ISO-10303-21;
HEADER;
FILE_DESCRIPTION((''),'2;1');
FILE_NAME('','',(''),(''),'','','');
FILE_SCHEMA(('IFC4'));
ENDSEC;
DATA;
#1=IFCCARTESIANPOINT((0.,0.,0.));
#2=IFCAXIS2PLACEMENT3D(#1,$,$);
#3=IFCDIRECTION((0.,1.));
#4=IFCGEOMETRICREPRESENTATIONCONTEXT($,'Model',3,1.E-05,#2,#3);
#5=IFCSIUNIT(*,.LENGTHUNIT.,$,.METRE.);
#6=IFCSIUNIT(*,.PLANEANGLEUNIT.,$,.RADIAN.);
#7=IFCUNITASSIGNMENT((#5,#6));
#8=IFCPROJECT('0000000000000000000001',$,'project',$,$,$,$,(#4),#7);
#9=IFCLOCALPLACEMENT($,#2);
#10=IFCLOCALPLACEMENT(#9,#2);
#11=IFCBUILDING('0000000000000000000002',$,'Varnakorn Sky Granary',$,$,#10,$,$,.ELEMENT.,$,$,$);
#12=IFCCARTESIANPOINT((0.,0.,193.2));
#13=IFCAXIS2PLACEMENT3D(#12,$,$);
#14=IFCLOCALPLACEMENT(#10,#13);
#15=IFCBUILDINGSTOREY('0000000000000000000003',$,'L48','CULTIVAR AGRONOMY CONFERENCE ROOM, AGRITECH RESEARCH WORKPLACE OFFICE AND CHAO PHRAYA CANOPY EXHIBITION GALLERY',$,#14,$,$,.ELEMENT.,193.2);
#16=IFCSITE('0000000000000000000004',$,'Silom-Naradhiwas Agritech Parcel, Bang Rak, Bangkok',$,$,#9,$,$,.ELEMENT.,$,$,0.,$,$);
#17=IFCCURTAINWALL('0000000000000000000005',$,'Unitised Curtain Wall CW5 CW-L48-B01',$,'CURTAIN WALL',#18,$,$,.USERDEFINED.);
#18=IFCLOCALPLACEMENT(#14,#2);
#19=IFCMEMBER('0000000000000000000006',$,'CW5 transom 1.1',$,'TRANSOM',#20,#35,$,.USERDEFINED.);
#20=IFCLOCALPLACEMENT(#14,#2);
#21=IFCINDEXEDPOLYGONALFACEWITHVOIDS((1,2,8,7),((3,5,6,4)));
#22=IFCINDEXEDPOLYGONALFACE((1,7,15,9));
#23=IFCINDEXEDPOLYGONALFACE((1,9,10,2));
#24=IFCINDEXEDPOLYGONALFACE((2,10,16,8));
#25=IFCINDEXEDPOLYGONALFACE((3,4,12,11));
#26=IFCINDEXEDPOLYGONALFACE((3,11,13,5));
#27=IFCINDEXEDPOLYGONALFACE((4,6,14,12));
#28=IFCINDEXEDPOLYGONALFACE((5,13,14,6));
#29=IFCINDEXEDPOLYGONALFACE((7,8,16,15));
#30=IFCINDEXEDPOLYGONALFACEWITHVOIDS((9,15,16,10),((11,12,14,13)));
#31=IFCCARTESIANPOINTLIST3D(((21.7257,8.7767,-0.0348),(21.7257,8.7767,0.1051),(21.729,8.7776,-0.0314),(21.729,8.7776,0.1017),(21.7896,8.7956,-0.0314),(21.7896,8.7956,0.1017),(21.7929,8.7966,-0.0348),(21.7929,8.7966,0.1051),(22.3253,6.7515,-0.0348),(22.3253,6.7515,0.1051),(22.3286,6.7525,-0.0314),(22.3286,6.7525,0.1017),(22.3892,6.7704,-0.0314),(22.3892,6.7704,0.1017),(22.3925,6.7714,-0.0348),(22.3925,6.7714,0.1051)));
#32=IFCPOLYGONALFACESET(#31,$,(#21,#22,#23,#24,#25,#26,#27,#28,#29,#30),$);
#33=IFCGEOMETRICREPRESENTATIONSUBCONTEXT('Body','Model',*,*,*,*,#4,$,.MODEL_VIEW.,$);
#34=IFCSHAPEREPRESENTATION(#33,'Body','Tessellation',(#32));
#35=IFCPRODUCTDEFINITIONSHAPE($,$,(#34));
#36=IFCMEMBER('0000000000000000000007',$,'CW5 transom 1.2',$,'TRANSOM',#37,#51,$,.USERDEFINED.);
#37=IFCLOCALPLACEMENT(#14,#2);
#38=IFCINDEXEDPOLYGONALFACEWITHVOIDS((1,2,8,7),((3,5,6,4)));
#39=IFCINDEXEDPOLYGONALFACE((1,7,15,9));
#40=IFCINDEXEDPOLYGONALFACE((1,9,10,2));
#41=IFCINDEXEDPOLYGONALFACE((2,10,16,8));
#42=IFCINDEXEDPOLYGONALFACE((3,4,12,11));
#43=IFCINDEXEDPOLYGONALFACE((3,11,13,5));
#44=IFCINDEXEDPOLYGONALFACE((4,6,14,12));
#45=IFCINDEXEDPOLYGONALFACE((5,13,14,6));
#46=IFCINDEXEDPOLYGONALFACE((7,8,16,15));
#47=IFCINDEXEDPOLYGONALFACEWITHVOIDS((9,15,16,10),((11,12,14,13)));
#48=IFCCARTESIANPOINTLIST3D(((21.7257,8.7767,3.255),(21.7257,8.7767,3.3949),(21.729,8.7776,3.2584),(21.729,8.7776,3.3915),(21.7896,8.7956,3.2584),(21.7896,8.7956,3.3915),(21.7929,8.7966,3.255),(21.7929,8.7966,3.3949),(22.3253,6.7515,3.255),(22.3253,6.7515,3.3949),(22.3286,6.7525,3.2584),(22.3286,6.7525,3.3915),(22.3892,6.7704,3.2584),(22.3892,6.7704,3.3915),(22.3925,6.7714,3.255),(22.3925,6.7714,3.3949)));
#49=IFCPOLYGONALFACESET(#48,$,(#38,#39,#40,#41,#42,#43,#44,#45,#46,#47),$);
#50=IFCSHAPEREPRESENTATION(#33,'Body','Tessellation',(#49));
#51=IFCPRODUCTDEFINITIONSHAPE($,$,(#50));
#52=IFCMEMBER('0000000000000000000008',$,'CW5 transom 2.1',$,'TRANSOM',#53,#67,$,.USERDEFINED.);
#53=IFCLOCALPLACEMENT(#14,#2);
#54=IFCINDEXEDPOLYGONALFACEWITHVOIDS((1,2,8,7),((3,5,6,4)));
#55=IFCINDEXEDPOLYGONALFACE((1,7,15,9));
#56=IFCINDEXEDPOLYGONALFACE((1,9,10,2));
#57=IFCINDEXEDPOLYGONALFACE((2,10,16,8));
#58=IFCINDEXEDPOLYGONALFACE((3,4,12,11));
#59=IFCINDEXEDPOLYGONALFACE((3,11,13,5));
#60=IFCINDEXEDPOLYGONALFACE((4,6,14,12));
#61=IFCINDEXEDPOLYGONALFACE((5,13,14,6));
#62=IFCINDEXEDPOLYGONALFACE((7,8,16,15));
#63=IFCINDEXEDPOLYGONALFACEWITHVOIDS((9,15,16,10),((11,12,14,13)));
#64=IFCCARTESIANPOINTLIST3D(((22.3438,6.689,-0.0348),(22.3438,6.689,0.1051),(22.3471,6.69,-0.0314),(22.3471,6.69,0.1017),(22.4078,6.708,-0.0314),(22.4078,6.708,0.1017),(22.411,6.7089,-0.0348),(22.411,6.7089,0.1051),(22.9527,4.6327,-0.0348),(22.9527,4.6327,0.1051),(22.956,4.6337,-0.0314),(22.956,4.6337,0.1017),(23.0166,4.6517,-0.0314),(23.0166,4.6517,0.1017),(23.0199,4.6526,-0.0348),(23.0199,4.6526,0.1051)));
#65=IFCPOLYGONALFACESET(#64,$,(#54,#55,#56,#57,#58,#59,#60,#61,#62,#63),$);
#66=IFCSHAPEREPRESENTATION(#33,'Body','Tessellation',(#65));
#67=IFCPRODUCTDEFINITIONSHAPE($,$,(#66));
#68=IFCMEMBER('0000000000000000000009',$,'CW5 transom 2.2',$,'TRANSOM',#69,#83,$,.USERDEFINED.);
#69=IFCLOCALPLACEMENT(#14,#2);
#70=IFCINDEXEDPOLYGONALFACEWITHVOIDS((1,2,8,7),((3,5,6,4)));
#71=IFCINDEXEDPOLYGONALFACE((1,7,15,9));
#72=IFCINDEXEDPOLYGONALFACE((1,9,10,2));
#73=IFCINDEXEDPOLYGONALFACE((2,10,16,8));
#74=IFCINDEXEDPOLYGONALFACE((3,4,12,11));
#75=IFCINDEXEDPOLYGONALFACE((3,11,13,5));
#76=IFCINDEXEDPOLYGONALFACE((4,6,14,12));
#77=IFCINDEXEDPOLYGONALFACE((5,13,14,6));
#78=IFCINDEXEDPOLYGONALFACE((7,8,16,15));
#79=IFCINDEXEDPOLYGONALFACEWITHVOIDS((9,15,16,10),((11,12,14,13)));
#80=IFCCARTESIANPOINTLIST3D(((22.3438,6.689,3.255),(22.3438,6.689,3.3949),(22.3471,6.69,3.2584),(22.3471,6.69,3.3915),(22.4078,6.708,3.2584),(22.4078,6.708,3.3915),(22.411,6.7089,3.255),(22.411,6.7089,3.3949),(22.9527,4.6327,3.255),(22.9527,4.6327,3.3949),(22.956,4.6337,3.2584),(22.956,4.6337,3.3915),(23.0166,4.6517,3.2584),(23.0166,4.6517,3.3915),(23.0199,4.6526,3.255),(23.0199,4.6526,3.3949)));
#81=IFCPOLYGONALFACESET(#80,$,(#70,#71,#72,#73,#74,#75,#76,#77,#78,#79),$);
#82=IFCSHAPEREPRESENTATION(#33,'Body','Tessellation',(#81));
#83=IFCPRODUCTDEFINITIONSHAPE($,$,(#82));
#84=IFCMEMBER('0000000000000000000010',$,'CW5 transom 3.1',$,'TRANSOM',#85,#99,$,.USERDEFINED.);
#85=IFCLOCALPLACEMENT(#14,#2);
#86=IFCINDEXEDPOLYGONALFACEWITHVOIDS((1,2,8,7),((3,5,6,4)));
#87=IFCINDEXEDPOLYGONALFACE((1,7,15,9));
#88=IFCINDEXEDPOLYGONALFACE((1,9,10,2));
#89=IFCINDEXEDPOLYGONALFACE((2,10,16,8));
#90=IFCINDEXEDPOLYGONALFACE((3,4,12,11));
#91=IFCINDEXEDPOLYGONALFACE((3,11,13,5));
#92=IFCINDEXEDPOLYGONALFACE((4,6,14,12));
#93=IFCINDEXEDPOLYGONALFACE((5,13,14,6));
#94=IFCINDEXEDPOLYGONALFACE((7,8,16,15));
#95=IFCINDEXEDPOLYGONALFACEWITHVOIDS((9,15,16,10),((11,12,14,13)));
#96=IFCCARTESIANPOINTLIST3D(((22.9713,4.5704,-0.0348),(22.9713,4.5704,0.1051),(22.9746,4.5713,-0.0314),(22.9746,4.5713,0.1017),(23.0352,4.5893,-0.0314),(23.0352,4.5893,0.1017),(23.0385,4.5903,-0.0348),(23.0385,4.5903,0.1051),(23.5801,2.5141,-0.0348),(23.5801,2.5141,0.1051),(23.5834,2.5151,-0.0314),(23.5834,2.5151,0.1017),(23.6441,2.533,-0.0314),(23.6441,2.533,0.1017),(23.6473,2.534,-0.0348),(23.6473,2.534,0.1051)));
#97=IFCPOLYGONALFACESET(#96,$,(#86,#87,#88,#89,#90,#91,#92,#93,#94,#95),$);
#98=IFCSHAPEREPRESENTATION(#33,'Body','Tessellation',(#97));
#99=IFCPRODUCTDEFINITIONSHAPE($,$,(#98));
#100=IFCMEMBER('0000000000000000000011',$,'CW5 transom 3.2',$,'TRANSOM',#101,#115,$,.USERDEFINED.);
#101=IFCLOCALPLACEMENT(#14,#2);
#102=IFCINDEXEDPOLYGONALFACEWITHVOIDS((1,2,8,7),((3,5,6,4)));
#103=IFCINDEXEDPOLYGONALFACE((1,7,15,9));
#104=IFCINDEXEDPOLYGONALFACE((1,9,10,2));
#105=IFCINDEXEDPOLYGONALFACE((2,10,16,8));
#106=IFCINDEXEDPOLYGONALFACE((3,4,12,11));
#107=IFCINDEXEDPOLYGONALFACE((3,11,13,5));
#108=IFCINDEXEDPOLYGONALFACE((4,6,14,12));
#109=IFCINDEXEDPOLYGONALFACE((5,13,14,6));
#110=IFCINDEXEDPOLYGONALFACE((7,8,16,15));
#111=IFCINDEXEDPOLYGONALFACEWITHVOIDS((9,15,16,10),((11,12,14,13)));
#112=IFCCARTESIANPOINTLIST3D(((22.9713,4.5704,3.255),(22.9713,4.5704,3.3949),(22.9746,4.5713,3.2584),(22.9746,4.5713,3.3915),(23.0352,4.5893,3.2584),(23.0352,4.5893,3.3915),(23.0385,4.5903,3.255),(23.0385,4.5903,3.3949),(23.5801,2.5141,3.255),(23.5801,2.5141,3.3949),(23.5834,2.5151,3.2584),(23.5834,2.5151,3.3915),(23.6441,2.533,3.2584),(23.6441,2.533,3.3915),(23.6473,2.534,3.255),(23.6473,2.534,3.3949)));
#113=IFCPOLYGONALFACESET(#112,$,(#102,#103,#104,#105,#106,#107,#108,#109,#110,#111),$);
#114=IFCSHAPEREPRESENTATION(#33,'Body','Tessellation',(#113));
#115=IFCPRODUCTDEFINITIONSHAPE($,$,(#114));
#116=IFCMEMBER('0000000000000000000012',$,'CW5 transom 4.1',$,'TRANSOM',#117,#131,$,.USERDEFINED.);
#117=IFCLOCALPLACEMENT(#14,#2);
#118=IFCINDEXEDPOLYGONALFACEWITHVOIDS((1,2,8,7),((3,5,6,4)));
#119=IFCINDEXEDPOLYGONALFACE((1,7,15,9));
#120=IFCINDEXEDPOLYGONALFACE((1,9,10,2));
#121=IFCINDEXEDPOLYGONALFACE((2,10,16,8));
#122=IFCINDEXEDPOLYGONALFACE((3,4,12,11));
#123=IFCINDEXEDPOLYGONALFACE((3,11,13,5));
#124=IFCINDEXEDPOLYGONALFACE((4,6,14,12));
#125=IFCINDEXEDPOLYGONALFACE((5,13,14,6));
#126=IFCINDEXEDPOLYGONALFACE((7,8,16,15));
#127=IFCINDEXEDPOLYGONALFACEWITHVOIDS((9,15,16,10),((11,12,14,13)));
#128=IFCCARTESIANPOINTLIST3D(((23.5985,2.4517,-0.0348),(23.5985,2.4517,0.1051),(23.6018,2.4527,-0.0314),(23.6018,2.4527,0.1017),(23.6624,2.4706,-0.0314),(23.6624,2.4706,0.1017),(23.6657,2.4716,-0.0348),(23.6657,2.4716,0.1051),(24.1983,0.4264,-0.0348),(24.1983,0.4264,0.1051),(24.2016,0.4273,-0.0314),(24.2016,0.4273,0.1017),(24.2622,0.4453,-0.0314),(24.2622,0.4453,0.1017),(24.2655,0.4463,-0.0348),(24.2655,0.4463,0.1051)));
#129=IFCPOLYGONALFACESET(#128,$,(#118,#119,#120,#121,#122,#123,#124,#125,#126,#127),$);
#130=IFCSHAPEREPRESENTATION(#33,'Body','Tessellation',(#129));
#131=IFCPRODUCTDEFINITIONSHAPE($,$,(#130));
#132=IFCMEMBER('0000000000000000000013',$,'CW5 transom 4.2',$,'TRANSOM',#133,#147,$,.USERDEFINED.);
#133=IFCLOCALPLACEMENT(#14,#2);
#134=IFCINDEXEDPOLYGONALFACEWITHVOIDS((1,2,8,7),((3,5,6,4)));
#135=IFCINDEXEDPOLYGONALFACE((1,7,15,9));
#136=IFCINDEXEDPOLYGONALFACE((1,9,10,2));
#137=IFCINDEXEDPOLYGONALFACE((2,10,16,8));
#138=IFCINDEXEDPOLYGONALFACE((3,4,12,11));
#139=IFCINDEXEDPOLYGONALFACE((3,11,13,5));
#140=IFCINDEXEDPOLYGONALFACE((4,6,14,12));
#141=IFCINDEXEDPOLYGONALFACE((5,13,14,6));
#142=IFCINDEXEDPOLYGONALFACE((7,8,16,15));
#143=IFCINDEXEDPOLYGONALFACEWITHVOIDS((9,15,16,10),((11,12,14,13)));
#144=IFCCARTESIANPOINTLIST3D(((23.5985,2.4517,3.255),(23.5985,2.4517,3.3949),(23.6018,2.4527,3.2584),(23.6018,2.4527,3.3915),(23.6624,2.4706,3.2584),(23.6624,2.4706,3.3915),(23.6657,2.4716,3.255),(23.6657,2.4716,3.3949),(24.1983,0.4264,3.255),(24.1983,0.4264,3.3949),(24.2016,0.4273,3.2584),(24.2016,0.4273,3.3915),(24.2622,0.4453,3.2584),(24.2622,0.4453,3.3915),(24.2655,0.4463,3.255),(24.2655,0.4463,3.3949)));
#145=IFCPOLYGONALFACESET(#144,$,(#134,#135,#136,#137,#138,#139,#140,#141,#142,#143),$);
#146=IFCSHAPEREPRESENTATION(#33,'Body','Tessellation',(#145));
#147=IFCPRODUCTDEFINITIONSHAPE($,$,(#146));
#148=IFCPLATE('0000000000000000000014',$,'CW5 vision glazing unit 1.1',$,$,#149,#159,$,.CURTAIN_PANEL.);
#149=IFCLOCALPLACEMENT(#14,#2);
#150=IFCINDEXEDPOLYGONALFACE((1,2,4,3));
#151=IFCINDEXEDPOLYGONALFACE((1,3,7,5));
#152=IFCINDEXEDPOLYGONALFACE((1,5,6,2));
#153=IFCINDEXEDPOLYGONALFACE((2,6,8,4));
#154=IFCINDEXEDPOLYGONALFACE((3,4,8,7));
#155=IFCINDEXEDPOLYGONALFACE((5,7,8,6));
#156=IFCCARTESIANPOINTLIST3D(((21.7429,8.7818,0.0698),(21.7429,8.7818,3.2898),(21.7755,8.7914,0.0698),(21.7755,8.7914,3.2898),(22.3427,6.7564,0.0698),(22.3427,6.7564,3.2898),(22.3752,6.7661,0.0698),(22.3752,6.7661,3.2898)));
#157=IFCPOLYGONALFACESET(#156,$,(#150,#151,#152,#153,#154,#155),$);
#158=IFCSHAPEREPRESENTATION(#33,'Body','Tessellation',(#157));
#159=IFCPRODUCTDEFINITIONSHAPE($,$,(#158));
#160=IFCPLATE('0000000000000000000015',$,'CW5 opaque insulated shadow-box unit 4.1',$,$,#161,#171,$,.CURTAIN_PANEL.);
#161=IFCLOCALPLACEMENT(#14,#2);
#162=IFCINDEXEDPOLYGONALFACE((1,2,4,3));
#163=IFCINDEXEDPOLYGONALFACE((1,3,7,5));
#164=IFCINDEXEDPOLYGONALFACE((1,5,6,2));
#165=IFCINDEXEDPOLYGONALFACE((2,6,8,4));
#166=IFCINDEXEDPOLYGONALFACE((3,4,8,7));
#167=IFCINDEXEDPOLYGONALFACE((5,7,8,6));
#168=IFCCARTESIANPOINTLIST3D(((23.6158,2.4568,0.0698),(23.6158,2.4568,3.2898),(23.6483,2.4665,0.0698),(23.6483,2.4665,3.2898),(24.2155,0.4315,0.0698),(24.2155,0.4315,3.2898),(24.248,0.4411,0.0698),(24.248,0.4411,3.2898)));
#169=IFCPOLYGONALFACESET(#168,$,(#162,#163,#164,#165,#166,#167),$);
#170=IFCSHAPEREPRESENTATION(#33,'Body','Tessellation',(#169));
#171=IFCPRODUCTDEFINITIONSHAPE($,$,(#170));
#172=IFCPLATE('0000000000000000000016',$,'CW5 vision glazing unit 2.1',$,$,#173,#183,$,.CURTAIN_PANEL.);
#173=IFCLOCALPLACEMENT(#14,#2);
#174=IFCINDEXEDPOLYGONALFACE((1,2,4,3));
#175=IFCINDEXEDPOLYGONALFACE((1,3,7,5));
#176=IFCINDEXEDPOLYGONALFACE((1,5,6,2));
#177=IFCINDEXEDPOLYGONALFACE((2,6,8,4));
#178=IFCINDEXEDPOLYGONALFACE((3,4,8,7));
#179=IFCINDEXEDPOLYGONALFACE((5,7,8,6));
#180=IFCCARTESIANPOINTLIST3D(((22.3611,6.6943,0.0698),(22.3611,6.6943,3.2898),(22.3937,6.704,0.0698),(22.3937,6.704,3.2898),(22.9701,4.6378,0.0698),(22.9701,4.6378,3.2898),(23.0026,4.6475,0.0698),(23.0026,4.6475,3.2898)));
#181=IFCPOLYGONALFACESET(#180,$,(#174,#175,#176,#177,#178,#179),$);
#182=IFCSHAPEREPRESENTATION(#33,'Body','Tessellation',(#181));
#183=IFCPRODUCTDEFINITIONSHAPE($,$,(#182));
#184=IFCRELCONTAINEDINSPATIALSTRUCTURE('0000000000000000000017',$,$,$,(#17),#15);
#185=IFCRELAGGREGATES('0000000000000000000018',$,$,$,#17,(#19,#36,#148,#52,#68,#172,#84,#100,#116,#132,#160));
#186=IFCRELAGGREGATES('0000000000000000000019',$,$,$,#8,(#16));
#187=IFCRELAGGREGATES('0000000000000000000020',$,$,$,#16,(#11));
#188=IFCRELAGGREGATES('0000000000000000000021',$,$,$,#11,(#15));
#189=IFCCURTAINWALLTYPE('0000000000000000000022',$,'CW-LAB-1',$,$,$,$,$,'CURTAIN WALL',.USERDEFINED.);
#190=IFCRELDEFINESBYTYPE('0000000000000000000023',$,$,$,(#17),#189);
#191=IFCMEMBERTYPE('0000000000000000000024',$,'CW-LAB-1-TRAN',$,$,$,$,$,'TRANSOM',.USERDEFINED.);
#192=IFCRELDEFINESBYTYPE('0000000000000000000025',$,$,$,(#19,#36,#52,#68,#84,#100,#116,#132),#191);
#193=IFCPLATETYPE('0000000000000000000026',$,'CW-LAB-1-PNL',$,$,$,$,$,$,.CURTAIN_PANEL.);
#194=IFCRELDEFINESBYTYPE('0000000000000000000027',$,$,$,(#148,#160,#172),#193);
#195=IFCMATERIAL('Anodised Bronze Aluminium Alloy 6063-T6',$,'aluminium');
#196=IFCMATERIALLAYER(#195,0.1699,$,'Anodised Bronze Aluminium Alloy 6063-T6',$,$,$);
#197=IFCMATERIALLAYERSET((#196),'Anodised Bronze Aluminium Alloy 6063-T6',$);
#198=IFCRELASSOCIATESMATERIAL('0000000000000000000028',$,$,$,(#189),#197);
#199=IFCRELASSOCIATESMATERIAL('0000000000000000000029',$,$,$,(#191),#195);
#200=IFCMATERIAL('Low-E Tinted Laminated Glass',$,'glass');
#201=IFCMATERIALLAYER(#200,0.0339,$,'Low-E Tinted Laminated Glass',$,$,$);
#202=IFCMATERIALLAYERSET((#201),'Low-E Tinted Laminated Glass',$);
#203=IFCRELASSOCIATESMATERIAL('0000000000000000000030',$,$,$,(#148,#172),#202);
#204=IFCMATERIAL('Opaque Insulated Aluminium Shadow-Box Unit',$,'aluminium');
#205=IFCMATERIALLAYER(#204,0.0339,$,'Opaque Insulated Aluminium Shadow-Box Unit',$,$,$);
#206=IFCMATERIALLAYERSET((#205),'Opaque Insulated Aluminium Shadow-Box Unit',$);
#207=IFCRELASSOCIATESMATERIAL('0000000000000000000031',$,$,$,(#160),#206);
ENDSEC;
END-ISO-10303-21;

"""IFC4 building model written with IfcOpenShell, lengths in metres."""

from ifc_helpers import new_model, si_unit, direction, frame, origin, origin_2d, place, context, subcontext, project, spatial, rectangle, hollow_rectangle, extrude, source, transform, mapped, material, layer, layer_set, material_profile, profile_set, type_object, element, aggregate, save


model = new_model("IFC4")

# Units and contexts
model_context = context("Model", 3, precision=1e-05, world=origin(), true_north=direction((0.0, 1.0)))
body_context = subcontext(model_context, "Body", "Model", "MODEL_VIEW")
ifc_project = project(units=[si_unit("LENGTHUNIT", "METRE"), si_unit("PLANEANGLEUNIT", "RADIAN")], contexts=[model_context])

# Site, building, storey
site_placement = place(None, origin())
site = spatial("IfcSite", under=ifc_project, at=site_placement, Name="Silom-Naradhiwas Agritech Parcel, Bang Rak, Bangkok", CompositionType="ELEMENT", RefElevation=0.0)
building_placement = place(site_placement, origin())
building = spatial("IfcBuilding", under=site, at=building_placement, Name="Varnakorn Sky Granary", CompositionType="ELEMENT")
storey_placement = place(building_placement, frame((0.0, 0.0, 193.2)))
storey = spatial("IfcBuildingStorey", under=building, at=storey_placement, Name="L48", Description="CULTIVAR AGRONOMY CONFERENCE ROOM, AGRITECH RESEARCH WORKPLACE OFFICE AND CHAO PHRAYA CANOPY EXHIBITION GALLERY", CompositionType="ELEMENT", Elevation=193.2)

# Curtain wall
ifc_material_1 = material(Name="Anodised Bronze Aluminium Alloy 6063-T6", Category="aluminium")
ifc_layer_1 = layer(ifc_material_1, 0.1699, Name="Anodised Bronze Aluminium Alloy 6063-T6")
ifc_layer_set_1 = layer_set([ifc_layer_1], Name="Anodised Bronze Aluminium Alloy 6063-T6")
curtain_wall_type = type_object("IfcCurtainWallType", Name="CW-LAB-1", ElementType="CURTAIN WALL", PredefinedType="USERDEFINED", material=ifc_layer_set_1)
curtain_wall_1_placement = place(storey_placement, origin())
curtain_wall_1 = element("IfcCurtainWall", 1, at=curtain_wall_1_placement, inside=storey, type_object=curtain_wall_type, Name="Unitised Curtain Wall CW5 CW-L48-B01", ObjectType="CURTAIN WALL", PredefinedType="USERDEFINED")

# Members
ifc_material_profile_1 = material_profile(ifc_material_1, hollow_rectangle(XDim=0.0701, YDim=0.1399, WallThickness=0.0034, at=origin_2d()), Name="ALU TRAN 70x140")
ifc_profile_set_1 = profile_set([ifc_material_profile_1], Name="Anodised Bronze Aluminium Alloy 6063-T6")
member_type_1 = type_object("IfcMemberType", Name="CW-LAB-1-TRAN", ElementType="TRANSOM", PredefinedType="USERDEFINED", material=ifc_profile_set_1)
member_1_placement = place(storey_placement, frame((21.7593, 8.7866, 0.0352), z_axis=(0.283899, -0.958854, 0.0), x_axis=(0.958854, 0.283899, 0.0)))
member_1 = element("IfcMember", 2, at=member_1_placement, type_object=member_type_1, Name="CW5 transom 1.1", ObjectType="TRANSOM", PredefinedType="USERDEFINED", context=body_context, shape_type="SweptSolid", body=[
    extrude(hollow_rectangle(XDim=0.0701, YDim=0.1399, WallThickness=0.0034, at=origin_2d()), origin(), (0.0, 0.0, 1.0), 2.1121),
])
member_2_placement = place(storey_placement, frame((21.7593, 8.7866, 3.325), z_axis=(0.283899, -0.958854, 0.0), x_axis=(0.958854, 0.283899, 0.0)))
member_2 = element("IfcMember", 3, at=member_2_placement, type_object=member_type_1, Name="CW5 transom 1.2", ObjectType="TRANSOM", PredefinedType="USERDEFINED", context=body_context, shape_type="SweptSolid", body=[
    extrude(hollow_rectangle(XDim=0.0701, YDim=0.1399, WallThickness=0.0034, at=origin_2d()), origin(), (0.0, 0.0, 1.0), 2.1121),
])
member_3_placement = place(storey_placement, frame((22.3774, 6.699, 0.0352), z_axis=(0.28391, -0.958851, 0.0), x_axis=(0.958851, 0.28391, 0.0)))
member_3 = element("IfcMember", 4, at=member_3_placement, type_object=member_type_1, Name="CW5 transom 2.1", ObjectType="TRANSOM", PredefinedType="USERDEFINED", context=body_context, shape_type="SweptSolid", body=[
    extrude(hollow_rectangle(XDim=0.0701, YDim=0.1399, WallThickness=0.0034, at=origin_2d()), origin(), (0.0, 0.0, 1.0), 2.1445),
])
member_4_placement = place(storey_placement, frame((22.3774, 6.699, 3.325), z_axis=(0.28391, -0.958851, 0.0), x_axis=(0.958851, 0.28391, 0.0)))
member_4 = element("IfcMember", 5, at=member_4_placement, type_object=member_type_1, Name="CW5 transom 2.2", ObjectType="TRANSOM", PredefinedType="USERDEFINED", context=body_context, shape_type="SweptSolid", body=[
    extrude(hollow_rectangle(XDim=0.0701, YDim=0.1399, WallThickness=0.0034, at=origin_2d()), origin(), (0.0, 0.0, 1.0), 2.1445),
])
member_5_placement = place(storey_placement, frame((23.0049, 4.5803, 0.0352), z_axis=(0.28391, -0.958851, 0.0), x_axis=(0.958851, 0.28391, 0.0)))
member_5 = element("IfcMember", 6, at=member_5_placement, type_object=member_type_1, Name="CW5 transom 3.1", ObjectType="TRANSOM", PredefinedType="USERDEFINED", context=body_context, shape_type="SweptSolid", body=[
    extrude(hollow_rectangle(XDim=0.0701, YDim=0.1399, WallThickness=0.0034, at=origin_2d()), origin(), (0.0, 0.0, 1.0), 2.1445),
])
member_6_placement = place(storey_placement, frame((23.0049, 4.5803, 3.325), z_axis=(0.28391, -0.958851, 0.0), x_axis=(0.958851, 0.28391, 0.0)))
member_6 = element("IfcMember", 7, at=member_6_placement, type_object=member_type_1, Name="CW5 transom 3.2", ObjectType="TRANSOM", PredefinedType="USERDEFINED", context=body_context, shape_type="SweptSolid", body=[
    extrude(hollow_rectangle(XDim=0.0701, YDim=0.1399, WallThickness=0.0034, at=origin_2d()), origin(), (0.0, 0.0, 1.0), 2.1445),
])
member_7_placement = place(storey_placement, frame((23.6321, 2.4617, 0.0352), z_axis=(0.283974, -0.958832, 0.0), x_axis=(0.958832, 0.283974, 0.0)))
member_7 = element("IfcMember", 8, at=member_7_placement, type_object=member_type_1, Name="CW5 transom 4.1", ObjectType="TRANSOM", PredefinedType="USERDEFINED", context=body_context, shape_type="SweptSolid", body=[
    extrude(hollow_rectangle(XDim=0.0701, YDim=0.1399, WallThickness=0.0034, at=origin_2d()), origin(), (0.0, 0.0, 1.0), 2.1123),
])
member_8_placement = place(storey_placement, frame((23.6321, 2.4617, 3.325), z_axis=(0.283974, -0.958832, 0.0), x_axis=(0.958832, 0.283974, 0.0)))
member_8 = element("IfcMember", 9, at=member_8_placement, type_object=member_type_1, Name="CW5 transom 4.2", ObjectType="TRANSOM", PredefinedType="USERDEFINED", context=body_context, shape_type="SweptSolid", body=[
    extrude(hollow_rectangle(XDim=0.0701, YDim=0.1399, WallThickness=0.0034, at=origin_2d()), origin(), (0.0, 0.0, 1.0), 2.1123),
])

# Plates
ifc_material_2 = material(Name="Low-E Tinted Laminated Glass", Category="glass")
ifc_layer_2 = layer(ifc_material_2, 0.0339, Name="Low-E Tinted Laminated Glass")
ifc_layer_set_2 = layer_set([ifc_layer_2], Name="Low-E Tinted Laminated Glass")
plate_type = type_object("IfcPlateType", Name="CW-LAB-1-PNL", PredefinedType="CURTAIN_PANEL")
shared_shape_1 = source(origin(), body_context, "Body", "SweptSolid", [
    extrude(rectangle(XDim=2.1123, YDim=0.0339, at=origin_2d()), origin(), (0.0, 0.0, 1.0), 3.22),
])
plate_1_placement = place(storey_placement, frame((22.0591, 7.7739, 0.0698), z_axis=(0.0, 0.0, 1.0), x_axis=(0.283921, -0.958848, 0.0)))
plate_1 = element("IfcPlate", 10, at=plate_1_placement, type_object=plate_type, material=ifc_layer_set_2, Name="CW5 vision glazing unit 1.1", PredefinedType="CURTAIN_PANEL", context=body_context, shape_type="MappedRepresentation", body=[
    mapped(shared_shape_1, transform((0.0, 0.0, 0.0), x_axis=(1.0, 0.0, 0.0), y_axis=(0.0, 1.0, 0.0), z_axis=(0.0, 0.0, 1.0), scale=1.0)),
])
ifc_material_3 = material(Name="Opaque Insulated Aluminium Shadow-Box Unit", Category="aluminium")
ifc_layer_3 = layer(ifc_material_3, 0.0339, Name="Opaque Insulated Aluminium Shadow-Box Unit")
ifc_layer_set_3 = layer_set([ifc_layer_3], Name="Opaque Insulated Aluminium Shadow-Box Unit")
plate_2_placement = place(storey_placement, frame((23.9319, 1.449, 0.0698), z_axis=(0.0, 0.0, 1.0), x_axis=(0.283921, -0.958848, 0.0)))
plate_2 = element("IfcPlate", 11, at=plate_2_placement, type_object=plate_type, material=ifc_layer_set_3, Name="CW5 opaque insulated shadow-box unit 4.1", PredefinedType="CURTAIN_PANEL", context=body_context, shape_type="MappedRepresentation", body=[
    mapped(shared_shape_1, transform((0.0, 0.0, 0.0), x_axis=(1.0, 0.0, 0.0), y_axis=(0.0, 1.0, 0.0), z_axis=(0.0, 0.0, 1.0), scale=1.0)),
])
shared_shape_2 = source(origin(), body_context, "Body", "SweptSolid", [
    extrude(rectangle(XDim=2.1448, YDim=0.0339, at=origin_2d()), origin(), (0.0, 0.0, 1.0), 3.22),
])
plate_3_placement = place(storey_placement, frame((22.6819, 5.6709, 0.0698), z_axis=(0.0, 0.0, 1.0), x_axis=(0.283921, -0.958848, 0.0)))
plate_3 = element("IfcPlate", 12, at=plate_3_placement, type_object=plate_type, material=ifc_layer_set_2, Name="CW5 vision glazing unit 2.1", PredefinedType="CURTAIN_PANEL", context=body_context, shape_type="MappedRepresentation", body=[
    mapped(shared_shape_2, transform((0.0, 0.0, 0.0), x_axis=(1.0, 0.0, 0.0), y_axis=(0.0, 1.0, 0.0), z_axis=(0.0, 0.0, 1.0), scale=1.0)),
])
aggregate(curtain_wall_1, [member_1, member_2, plate_1, member_3, member_4, plate_3, member_5, member_6, member_7, member_8, plate_2])

save(model, "model.ifc")
